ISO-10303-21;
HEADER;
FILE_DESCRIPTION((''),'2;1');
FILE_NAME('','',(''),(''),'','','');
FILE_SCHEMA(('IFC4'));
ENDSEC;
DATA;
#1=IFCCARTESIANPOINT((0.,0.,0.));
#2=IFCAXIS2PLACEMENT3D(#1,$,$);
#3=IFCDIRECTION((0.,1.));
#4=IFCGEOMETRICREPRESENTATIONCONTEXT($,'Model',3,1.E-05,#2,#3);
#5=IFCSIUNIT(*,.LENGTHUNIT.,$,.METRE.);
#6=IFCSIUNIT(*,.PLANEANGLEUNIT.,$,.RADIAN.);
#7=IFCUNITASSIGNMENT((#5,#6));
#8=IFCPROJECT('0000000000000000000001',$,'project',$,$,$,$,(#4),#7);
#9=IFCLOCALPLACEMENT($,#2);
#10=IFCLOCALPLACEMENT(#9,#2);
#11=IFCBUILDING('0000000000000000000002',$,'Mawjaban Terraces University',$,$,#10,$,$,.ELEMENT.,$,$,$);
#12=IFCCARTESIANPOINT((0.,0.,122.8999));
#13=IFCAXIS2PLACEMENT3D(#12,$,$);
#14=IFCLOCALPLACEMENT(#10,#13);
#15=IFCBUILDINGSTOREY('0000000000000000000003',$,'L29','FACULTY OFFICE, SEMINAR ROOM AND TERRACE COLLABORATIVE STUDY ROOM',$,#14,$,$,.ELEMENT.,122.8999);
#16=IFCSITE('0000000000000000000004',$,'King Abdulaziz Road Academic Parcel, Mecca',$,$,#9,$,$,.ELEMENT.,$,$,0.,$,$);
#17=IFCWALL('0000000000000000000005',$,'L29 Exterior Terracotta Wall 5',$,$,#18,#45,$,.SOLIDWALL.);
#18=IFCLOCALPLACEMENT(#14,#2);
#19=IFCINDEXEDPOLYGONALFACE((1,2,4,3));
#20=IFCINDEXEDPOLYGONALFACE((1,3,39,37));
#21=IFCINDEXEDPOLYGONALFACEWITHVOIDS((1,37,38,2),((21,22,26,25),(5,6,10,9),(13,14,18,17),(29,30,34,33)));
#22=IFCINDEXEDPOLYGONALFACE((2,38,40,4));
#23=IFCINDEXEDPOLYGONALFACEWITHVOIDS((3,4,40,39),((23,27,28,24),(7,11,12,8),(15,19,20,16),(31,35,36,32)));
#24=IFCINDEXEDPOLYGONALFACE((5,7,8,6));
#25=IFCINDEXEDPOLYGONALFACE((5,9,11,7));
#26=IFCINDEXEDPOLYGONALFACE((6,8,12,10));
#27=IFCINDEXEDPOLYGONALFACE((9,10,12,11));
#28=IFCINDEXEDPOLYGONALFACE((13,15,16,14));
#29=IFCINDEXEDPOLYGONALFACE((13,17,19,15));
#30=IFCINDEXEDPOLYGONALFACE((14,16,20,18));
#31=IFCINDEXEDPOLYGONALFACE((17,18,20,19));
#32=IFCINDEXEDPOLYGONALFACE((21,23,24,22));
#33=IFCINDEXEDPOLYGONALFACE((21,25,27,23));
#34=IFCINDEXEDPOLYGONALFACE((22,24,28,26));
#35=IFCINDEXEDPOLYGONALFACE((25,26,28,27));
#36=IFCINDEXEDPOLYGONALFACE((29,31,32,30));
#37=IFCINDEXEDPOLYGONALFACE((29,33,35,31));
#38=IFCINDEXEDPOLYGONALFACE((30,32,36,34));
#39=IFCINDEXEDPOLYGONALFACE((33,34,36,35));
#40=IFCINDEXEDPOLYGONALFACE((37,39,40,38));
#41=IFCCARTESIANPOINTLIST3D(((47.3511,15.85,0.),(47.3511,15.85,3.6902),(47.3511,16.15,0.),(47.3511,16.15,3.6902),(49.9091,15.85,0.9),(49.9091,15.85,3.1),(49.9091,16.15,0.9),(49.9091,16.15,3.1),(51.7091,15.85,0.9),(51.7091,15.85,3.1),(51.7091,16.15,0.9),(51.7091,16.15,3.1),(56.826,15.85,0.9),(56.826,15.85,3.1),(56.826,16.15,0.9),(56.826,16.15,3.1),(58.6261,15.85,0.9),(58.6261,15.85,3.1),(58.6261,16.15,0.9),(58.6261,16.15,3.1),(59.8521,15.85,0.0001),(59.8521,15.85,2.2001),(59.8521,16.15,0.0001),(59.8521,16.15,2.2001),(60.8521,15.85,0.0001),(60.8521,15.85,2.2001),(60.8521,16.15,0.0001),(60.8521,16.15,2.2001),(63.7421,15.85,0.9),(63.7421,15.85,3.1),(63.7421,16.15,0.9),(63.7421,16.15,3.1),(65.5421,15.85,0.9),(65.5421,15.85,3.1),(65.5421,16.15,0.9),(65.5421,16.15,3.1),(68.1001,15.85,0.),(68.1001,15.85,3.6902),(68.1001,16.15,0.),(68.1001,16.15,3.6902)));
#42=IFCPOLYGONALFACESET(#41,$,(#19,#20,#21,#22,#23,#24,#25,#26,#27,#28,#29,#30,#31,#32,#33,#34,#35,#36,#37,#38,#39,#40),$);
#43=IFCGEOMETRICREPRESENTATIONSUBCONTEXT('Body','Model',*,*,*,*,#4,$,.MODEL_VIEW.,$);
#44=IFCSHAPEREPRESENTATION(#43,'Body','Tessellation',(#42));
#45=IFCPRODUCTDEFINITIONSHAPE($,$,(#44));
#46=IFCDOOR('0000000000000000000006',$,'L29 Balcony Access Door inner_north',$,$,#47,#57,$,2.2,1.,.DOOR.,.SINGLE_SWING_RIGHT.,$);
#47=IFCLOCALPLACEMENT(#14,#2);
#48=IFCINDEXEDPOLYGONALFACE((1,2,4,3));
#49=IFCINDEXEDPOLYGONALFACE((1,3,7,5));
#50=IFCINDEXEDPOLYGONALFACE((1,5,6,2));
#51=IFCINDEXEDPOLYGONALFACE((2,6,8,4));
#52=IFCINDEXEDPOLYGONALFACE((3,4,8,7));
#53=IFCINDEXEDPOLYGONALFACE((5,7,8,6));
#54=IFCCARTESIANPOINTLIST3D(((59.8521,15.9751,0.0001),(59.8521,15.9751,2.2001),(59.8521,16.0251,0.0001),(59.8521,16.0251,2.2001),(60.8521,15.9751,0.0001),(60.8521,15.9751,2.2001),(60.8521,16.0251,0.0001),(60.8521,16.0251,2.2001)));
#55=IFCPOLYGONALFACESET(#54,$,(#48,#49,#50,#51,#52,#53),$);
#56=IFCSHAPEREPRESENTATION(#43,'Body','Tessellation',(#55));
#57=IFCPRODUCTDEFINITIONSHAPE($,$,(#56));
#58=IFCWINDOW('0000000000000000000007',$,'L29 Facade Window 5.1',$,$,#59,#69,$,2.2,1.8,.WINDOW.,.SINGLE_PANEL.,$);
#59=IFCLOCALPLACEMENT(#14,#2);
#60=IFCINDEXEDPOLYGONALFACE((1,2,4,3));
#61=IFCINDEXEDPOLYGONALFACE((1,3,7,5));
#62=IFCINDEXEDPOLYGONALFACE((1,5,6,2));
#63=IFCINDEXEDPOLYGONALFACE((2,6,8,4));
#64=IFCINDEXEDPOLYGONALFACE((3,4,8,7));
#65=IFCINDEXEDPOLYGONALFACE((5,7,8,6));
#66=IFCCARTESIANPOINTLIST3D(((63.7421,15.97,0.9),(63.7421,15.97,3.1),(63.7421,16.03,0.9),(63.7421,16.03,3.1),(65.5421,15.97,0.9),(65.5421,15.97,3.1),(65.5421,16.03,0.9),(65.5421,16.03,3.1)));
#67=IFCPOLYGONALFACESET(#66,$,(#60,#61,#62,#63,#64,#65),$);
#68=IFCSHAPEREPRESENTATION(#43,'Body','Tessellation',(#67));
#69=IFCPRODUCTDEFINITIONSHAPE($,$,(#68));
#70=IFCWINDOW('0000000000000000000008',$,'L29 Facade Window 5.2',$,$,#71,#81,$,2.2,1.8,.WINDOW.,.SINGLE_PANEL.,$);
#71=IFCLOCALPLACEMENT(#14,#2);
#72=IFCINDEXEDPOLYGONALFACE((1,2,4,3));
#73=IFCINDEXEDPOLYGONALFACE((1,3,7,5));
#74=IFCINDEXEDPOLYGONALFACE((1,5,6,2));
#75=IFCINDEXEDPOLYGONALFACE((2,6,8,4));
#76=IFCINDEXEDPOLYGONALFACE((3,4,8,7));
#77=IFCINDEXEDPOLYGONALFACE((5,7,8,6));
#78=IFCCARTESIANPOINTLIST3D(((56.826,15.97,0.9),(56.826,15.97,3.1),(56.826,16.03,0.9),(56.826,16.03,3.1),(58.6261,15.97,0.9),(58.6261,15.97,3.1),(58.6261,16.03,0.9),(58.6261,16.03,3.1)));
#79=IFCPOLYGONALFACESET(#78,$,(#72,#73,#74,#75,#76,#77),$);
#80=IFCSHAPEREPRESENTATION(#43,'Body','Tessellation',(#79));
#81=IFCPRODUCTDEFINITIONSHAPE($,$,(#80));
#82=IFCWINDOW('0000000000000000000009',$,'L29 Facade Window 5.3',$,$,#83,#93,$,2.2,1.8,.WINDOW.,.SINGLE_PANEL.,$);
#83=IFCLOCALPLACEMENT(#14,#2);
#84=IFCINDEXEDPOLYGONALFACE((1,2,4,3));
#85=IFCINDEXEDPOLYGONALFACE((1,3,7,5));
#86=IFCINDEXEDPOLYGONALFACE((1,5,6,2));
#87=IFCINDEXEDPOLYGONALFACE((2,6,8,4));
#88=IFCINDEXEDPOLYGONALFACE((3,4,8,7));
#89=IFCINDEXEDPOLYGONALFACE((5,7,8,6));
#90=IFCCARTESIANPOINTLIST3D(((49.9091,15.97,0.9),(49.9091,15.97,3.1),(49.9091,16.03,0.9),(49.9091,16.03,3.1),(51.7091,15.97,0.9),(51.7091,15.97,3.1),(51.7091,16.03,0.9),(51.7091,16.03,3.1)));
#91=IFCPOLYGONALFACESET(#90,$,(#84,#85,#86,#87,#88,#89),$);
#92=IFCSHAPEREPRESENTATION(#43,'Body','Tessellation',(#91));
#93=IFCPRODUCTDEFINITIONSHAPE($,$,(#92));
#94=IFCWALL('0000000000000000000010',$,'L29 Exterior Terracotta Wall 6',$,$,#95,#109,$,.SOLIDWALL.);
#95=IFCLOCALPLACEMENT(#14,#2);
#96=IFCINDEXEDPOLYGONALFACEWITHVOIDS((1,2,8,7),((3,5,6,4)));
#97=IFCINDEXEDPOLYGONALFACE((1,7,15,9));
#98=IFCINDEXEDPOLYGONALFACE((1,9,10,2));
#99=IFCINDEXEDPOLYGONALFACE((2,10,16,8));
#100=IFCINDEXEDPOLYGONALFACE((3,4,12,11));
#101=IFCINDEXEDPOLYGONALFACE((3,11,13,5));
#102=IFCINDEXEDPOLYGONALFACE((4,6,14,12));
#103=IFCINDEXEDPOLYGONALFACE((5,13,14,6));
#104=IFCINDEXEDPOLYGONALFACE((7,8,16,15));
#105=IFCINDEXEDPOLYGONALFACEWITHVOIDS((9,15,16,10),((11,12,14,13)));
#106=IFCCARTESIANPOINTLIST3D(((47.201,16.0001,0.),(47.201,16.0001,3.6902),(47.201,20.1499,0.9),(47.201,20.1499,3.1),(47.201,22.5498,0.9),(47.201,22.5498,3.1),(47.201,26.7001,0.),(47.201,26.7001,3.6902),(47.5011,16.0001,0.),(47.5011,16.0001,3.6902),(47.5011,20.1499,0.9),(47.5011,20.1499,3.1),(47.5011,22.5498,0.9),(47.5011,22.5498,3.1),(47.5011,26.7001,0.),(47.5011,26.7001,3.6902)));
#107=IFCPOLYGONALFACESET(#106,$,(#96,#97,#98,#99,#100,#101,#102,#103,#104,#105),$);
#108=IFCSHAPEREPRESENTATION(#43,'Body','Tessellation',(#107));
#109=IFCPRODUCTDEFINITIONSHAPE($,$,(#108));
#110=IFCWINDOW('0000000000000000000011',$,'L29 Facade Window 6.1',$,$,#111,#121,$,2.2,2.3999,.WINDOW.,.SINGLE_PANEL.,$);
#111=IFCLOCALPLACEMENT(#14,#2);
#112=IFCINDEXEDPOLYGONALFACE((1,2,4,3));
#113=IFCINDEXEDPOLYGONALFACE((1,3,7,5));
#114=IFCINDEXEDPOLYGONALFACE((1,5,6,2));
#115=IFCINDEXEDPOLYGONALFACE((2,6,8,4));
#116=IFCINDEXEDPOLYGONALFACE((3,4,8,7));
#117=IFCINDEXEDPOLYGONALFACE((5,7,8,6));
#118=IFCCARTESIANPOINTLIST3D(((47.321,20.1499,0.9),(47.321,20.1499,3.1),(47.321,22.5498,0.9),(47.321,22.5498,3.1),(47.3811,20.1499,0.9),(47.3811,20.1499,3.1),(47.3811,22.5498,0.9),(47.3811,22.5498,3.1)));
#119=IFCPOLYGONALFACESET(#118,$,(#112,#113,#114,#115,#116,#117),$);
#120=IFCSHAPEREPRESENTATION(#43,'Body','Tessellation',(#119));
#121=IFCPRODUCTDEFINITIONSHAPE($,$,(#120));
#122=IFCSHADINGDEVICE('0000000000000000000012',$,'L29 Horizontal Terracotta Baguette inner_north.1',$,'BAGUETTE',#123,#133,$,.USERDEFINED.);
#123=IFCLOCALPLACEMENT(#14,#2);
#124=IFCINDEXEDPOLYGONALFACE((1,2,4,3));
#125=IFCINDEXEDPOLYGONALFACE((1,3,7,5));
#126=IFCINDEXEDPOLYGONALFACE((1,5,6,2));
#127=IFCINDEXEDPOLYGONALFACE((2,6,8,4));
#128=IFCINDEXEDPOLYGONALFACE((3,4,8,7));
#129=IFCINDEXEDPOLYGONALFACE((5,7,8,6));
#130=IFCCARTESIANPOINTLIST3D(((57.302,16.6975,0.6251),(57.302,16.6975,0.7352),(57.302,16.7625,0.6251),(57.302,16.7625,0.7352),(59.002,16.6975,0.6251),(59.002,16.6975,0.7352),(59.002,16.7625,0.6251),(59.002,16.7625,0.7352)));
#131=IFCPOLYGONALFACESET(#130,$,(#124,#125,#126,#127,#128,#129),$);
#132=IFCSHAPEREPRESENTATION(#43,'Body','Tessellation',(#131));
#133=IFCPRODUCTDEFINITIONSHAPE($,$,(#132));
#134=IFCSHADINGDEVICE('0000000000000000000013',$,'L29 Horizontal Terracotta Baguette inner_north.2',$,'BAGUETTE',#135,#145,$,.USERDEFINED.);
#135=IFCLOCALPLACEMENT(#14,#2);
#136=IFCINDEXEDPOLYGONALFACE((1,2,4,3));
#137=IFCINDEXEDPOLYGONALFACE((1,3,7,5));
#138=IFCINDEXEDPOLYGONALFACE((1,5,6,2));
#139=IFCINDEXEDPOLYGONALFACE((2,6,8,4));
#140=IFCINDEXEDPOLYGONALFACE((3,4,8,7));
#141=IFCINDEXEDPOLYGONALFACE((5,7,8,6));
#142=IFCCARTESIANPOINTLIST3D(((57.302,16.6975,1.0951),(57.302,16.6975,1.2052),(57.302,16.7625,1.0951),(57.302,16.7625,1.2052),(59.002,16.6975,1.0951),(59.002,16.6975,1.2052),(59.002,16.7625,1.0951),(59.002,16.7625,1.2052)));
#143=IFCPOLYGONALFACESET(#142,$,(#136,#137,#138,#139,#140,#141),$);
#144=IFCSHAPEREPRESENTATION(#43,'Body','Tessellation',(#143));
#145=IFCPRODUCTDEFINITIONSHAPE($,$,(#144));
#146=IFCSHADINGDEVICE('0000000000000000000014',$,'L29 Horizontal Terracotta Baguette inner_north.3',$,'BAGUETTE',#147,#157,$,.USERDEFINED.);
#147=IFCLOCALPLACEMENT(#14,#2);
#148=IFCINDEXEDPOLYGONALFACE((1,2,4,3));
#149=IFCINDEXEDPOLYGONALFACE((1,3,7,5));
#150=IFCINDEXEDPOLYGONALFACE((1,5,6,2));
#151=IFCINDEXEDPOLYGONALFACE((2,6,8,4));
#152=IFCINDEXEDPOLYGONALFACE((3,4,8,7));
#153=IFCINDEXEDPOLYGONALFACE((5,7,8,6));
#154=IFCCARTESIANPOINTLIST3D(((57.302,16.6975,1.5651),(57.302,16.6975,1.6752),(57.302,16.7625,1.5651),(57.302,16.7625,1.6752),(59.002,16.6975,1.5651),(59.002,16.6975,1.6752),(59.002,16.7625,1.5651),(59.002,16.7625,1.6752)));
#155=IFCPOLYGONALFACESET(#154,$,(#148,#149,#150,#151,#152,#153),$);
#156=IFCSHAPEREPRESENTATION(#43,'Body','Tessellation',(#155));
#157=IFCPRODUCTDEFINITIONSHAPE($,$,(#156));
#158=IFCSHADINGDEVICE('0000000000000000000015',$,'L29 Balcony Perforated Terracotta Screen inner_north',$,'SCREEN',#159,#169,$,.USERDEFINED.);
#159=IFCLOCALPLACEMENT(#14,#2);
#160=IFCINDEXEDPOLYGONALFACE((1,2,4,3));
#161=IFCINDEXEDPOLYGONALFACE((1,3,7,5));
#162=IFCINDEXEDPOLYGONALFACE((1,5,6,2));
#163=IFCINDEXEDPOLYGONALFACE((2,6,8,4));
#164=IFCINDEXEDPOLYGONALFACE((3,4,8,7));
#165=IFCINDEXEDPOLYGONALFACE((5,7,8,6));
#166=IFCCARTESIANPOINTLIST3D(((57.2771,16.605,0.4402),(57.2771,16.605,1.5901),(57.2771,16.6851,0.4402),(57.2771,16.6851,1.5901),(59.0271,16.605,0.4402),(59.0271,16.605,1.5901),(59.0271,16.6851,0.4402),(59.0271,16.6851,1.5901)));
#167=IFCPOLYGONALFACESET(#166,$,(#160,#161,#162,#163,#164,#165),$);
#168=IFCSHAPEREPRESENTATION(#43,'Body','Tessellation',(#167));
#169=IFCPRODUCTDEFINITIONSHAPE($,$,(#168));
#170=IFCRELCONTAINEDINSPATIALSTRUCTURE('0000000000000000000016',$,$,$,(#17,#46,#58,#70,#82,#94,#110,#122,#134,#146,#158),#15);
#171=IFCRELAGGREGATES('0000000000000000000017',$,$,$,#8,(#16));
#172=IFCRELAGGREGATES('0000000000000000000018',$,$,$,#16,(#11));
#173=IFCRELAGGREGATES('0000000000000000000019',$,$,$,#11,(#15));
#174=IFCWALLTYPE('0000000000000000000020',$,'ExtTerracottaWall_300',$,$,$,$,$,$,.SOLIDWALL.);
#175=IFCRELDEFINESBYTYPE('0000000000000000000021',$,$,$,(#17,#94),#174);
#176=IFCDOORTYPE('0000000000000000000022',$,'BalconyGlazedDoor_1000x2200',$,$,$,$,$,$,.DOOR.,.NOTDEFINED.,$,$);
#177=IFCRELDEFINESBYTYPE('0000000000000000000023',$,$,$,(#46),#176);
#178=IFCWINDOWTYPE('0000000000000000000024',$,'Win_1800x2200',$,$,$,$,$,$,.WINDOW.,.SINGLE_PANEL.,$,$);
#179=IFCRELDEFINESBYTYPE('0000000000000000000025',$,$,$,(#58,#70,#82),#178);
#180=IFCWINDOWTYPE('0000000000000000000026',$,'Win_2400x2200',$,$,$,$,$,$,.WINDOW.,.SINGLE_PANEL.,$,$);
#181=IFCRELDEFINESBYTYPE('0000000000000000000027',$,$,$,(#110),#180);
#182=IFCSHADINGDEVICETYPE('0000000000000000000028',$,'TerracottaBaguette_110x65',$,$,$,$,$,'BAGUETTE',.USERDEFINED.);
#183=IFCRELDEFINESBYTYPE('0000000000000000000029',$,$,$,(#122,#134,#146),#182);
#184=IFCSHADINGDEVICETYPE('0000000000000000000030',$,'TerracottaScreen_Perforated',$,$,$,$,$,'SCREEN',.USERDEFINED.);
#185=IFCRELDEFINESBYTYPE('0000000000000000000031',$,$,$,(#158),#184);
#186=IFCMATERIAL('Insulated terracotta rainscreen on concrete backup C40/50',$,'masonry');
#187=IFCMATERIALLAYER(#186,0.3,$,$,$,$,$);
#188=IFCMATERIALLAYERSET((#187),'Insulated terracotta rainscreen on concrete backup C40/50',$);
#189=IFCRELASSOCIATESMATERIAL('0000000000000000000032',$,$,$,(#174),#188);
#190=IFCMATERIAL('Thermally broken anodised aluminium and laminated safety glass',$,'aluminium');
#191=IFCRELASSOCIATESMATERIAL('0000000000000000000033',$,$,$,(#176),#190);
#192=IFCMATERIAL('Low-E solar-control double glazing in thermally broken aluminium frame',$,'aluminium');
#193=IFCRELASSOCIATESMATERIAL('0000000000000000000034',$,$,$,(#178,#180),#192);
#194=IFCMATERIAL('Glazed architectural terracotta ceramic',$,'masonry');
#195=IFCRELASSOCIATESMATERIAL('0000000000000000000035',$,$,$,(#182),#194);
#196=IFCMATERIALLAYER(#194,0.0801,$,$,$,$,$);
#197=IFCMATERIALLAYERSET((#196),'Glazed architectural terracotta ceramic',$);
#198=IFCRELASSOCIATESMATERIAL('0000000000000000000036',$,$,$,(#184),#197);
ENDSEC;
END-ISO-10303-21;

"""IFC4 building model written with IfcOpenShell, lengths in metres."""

from ifc_helpers import new_model, si_unit, direction, frame, frame_2d, origin, origin_2d, place, context, subcontext, project, spatial, rectangle, extrude, material, layer, layer_set, material_profile, profile_set, type_object, element, fill, save


model = new_model("IFC4")

# Units and contexts
model_context = context("Model", 3, precision=1e-05, world=origin(), true_north=direction((0.0, 1.0)))
body_context = subcontext(model_context, "Body", "Model", "MODEL_VIEW")
ifc_project = project(units=[si_unit("LENGTHUNIT", "METRE"), si_unit("PLANEANGLEUNIT", "RADIAN")], contexts=[model_context])

# Site, building, storey
site_placement = place(None, origin())
site = spatial("IfcSite", under=ifc_project, at=site_placement, Name="King Abdulaziz Road Academic Parcel, Mecca", CompositionType="ELEMENT", RefElevation=0.0)
building_placement = place(site_placement, origin())
building = spatial("IfcBuilding", under=site, at=building_placement, Name="Mawjaban Terraces University", CompositionType="ELEMENT")
storey_placement = place(building_placement, frame((0.0, 0.0, 122.8999)))
storey = spatial("IfcBuildingStorey", under=building, at=storey_placement, Name="L29", Description="FACULTY OFFICE, SEMINAR ROOM AND TERRACE COLLABORATIVE STUDY ROOM", CompositionType="ELEMENT", Elevation=122.8999)

# Wall, openings, door, windows
ifc_material_1 = material(Name="Insulated terracotta rainscreen on concrete backup C40/50", Category="masonry")
ifc_layer_1 = layer(ifc_material_1, 0.3)
ifc_layer_set_1 = layer_set([ifc_layer_1], Name="Insulated terracotta rainscreen on concrete backup C40/50")
wall_type = type_object("IfcWallType", Name="ExtTerracottaWall_300", PredefinedType="SOLIDWALL", material=ifc_layer_set_1)
wall_1_placement = place(storey_placement, frame((68.1001, 16.0, 0.0), z_axis=(0.0, 0.0, 1.0), x_axis=(-1.0, 0.0, 0.0)))
wall_1 = element("IfcWall", 1, at=wall_1_placement, inside=storey, type_object=wall_type, Name="L29 Exterior Terracotta Wall 5", PredefinedType="SOLIDWALL", context=body_context, shape_type="SweptSolid", body=[
    extrude(rectangle(XDim=20.749, YDim=0.3, at=frame_2d((10.3745, 0.0))), origin(), (0.0, 0.0, 1.0), 3.6902),
])
opening_1_placement = place(wall_1_placement, frame((7.248, 0.0, 0.0)))
opening_1 = element("IfcOpeningElement", 2, at=opening_1_placement, cuts=wall_1, PredefinedType="OPENING", context=body_context, shape_type="SweptSolid", body=[
    extrude(rectangle(XDim=1.0, YDim=2.2, at=frame_2d((0.5, 1.1001))), frame((0.0, 0.1599, 0.0), z_axis=(0.0, -1.0, 0.0), x_axis=(1.0, 0.0, 0.0)), (0.0, 0.0, 1.0), 0.3201),
])
opening_2_placement = place(wall_1_placement, frame((2.5581, 0.0, 0.8999)))
opening_2 = element("IfcOpeningElement", 3, at=opening_2_placement, cuts=wall_1, PredefinedType="OPENING", context=body_context, shape_type="SweptSolid", body=[
    extrude(rectangle(XDim=1.8, YDim=2.2, at=frame_2d((0.8999, 1.1001))), frame((0.0, 0.1599, 0.0), z_axis=(0.0, -1.0, 0.0), x_axis=(1.0, 0.0, 0.0)), (0.0, 0.0, 1.0), 0.3201),
])
opening_3_placement = place(wall_1_placement, frame((9.4741, 0.0, 0.8999)))
opening_3 = element("IfcOpeningElement", 4, at=opening_3_placement, cuts=wall_1, PredefinedType="OPENING", context=body_context, shape_type="SweptSolid", body=[
    extrude(rectangle(XDim=1.8, YDim=2.2, at=frame_2d((0.8999, 1.1001))), frame((0.0, 0.1599, 0.0), z_axis=(0.0, -1.0, 0.0), x_axis=(1.0, 0.0, 0.0)), (0.0, 0.0, 1.0), 0.3201),
])
opening_4_placement = place(wall_1_placement, frame((16.3911, 0.0, 0.8999)))
opening_4 = element("IfcOpeningElement", 5, at=opening_4_placement, cuts=wall_1, PredefinedType="OPENING", context=body_context, shape_type="SweptSolid", body=[
    extrude(rectangle(XDim=1.8, YDim=2.2, at=frame_2d((0.8999, 1.1001))), frame((0.0, 0.1599, 0.0), z_axis=(0.0, -1.0, 0.0), x_axis=(1.0, 0.0, 0.0)), (0.0, 0.0, 1.0), 0.3201),
])
ifc_material_2 = material(Name="Thermally broken anodised aluminium and laminated safety glass", Category="aluminium")
door_type = type_object("IfcDoorType", Name="BalconyGlazedDoor_1000x2200", OperationType="NOTDEFINED", PredefinedType="DOOR", material=ifc_material_2)
door_placement = place(opening_1_placement, origin())
door = element("IfcDoor", 6, at=door_placement, inside=storey, type_object=door_type, Name="L29 Balcony Access Door inner_north", OperationType="SINGLE_SWING_RIGHT", OverallHeight=2.2, OverallWidth=1.0, PredefinedType="DOOR", context=body_context, shape_type="SweptSolid", body=[
    extrude(rectangle(XDim=1.0, YDim=2.2, at=frame_2d((0.5, 1.1001))), frame((0.0, 0.0249, 0.0), z_axis=(0.0, -1.0, 0.0), x_axis=(1.0, 0.0, 0.0)), (0.0, 0.0, 1.0), 0.05),
])
fill(opening_1, door)
ifc_material_3 = material(Name="Low-E solar-control double glazing in thermally broken aluminium frame", Category="aluminium")
window_type_1 = type_object("IfcWindowType", Name="Win_1800x2200", PartitioningType="SINGLE_PANEL", PredefinedType="WINDOW", material=ifc_material_3)
window_1_placement = place(opening_2_placement, origin())
window_1 = element("IfcWindow", 7, at=window_1_placement, inside=storey, type_object=window_type_1, Name="L29 Facade Window 5.1", OverallHeight=2.2, OverallWidth=1.8, PartitioningType="SINGLE_PANEL", PredefinedType="WINDOW", context=body_context, shape_type="SweptSolid", body=[
    extrude(rectangle(XDim=1.8, YDim=2.2, at=frame_2d((0.8999, 1.1001))), frame((0.0, 0.03, 0.0), z_axis=(0.0, -1.0, 0.0), x_axis=(1.0, 0.0, 0.0)), (0.0, 0.0, 1.0), 0.0601),
])
fill(opening_2, window_1)
window_2_placement = place(opening_3_placement, origin())
window_2 = element("IfcWindow", 8, at=window_2_placement, inside=storey, type_object=window_type_1, Name="L29 Facade Window 5.2", OverallHeight=2.2, OverallWidth=1.8, PartitioningType="SINGLE_PANEL", PredefinedType="WINDOW", context=body_context, shape_type="SweptSolid", body=[
    extrude(rectangle(XDim=1.8, YDim=2.2, at=frame_2d((0.8999, 1.1001))), frame((0.0, 0.03, 0.0), z_axis=(0.0, -1.0, 0.0), x_axis=(1.0, 0.0, 0.0)), (0.0, 0.0, 1.0), 0.0601),
])
fill(opening_3, window_2)
window_3_placement = place(opening_4_placement, origin())
window_3 = element("IfcWindow", 9, at=window_3_placement, inside=storey, type_object=window_type_1, Name="L29 Facade Window 5.3", OverallHeight=2.2, OverallWidth=1.8, PartitioningType="SINGLE_PANEL", PredefinedType="WINDOW", context=body_context, shape_type="SweptSolid", body=[
    extrude(rectangle(XDim=1.8, YDim=2.2, at=frame_2d((0.8999, 1.1001))), frame((0.0, 0.03, 0.0), z_axis=(0.0, -1.0, 0.0), x_axis=(1.0, 0.0, 0.0)), (0.0, 0.0, 1.0), 0.0601),
])
fill(opening_4, window_3)

# Wall, opening, window
wall_2_placement = place(storey_placement, frame((47.3511, 16.0, 0.0), z_axis=(0.0, 0.0, 1.0), x_axis=(0.0, 1.0, 0.0)))
wall_2 = element("IfcWall", 10, at=wall_2_placement, inside=storey, type_object=wall_type, Name="L29 Exterior Terracotta Wall 6", PredefinedType="SOLIDWALL", context=body_context, shape_type="SweptSolid", body=[
    extrude(rectangle(XDim=10.7, YDim=0.3, at=frame_2d((5.3501, 0.0))), origin(), (0.0, 0.0, 1.0), 3.6902),
])
opening_5_placement = place(wall_2_placement, frame((4.1499, 0.0, 0.8999)))
opening_5 = element("IfcOpeningElement", 11, at=opening_5_placement, cuts=wall_2, PredefinedType="OPENING", context=body_context, shape_type="SweptSolid", body=[
    extrude(rectangle(XDim=2.3999, YDim=2.2, at=frame_2d((1.2, 1.1001))), frame((0.0, 0.1599, 0.0), z_axis=(0.0, -1.0, 0.0), x_axis=(1.0, 0.0, 0.0)), (0.0, 0.0, 1.0), 0.3201),
])
window_type_2 = type_object("IfcWindowType", Name="Win_2400x2200", PartitioningType="SINGLE_PANEL", PredefinedType="WINDOW", material=ifc_material_3)
window_4_placement = place(opening_5_placement, origin())
window_4 = element("IfcWindow", 12, at=window_4_placement, inside=storey, type_object=window_type_2, Name="L29 Facade Window 6.1", OverallHeight=2.2, OverallWidth=2.3999, PartitioningType="SINGLE_PANEL", PredefinedType="WINDOW", context=body_context, shape_type="SweptSolid", body=[
    extrude(rectangle(XDim=2.3999, YDim=2.2, at=frame_2d((1.2, 1.1001))), frame((0.0, 0.03, 0.0), z_axis=(0.0, -1.0, 0.0), x_axis=(1.0, 0.0, 0.0)), (0.0, 0.0, 1.0), 0.0601),
])
fill(opening_5, window_4)

# Shading devices
ifc_material_4 = material(Name="Glazed architectural terracotta ceramic", Category="masonry")
ifc_material_profile_1 = material_profile(ifc_material_4, rectangle(XDim=0.0649, YDim=0.1101, at=origin_2d()), Name="TBAG110X65")
ifc_profile_set_1 = profile_set([ifc_material_profile_1], Name="Glazed architectural terracotta ceramic")
shading_device_type_1 = type_object("IfcShadingDeviceType", Name="TerracottaBaguette_110x65", ElementType="BAGUETTE", PredefinedType="USERDEFINED", material=ifc_profile_set_1)
for number, where, z_axis, x_axis, name in (
    (13, (57.302, 16.73, 0.6802), (1.0, 0.0, 0.0), (0.0, 1.0, 0.0), "L29 Horizontal Terracotta Baguette inner_north.1"),
    (14, (57.302, 16.73, 1.1501), (1.0, 0.0, 0.0), (0.0, 1.0, 0.0), "L29 Horizontal Terracotta Baguette inner_north.2"),
    (15, (57.302, 16.73, 1.6201), (1.0, 0.0, 0.0), (0.0, 1.0, 0.0), "L29 Horizontal Terracotta Baguette inner_north.3"),
):
    element("IfcShadingDevice", number, at=place(storey_placement, frame(where, z_axis=z_axis, x_axis=x_axis)), inside=storey, type_object=shading_device_type_1, Name=name, ObjectType="BAGUETTE", PredefinedType="USERDEFINED", context=body_context, shape_type="SweptSolid", body=[
        extrude(rectangle(XDim=0.0649, YDim=0.1101, at=origin_2d()), origin(), (0.0, 0.0, 1.0), 1.7),
    ])
ifc_layer_2 = layer(ifc_material_4, 0.0801)
ifc_layer_set_2 = layer_set([ifc_layer_2], Name="Glazed architectural terracotta ceramic")
shading_device_type_2 = type_object("IfcShadingDeviceType", Name="TerracottaScreen_Perforated", ElementType="SCREEN", PredefinedType="USERDEFINED", material=ifc_layer_set_2)
shading_device_placement = place(storey_placement, frame((58.1521, 16.645, 0.4402), z_axis=(0.0, 0.0, 1.0), x_axis=(1.0, 0.0, 0.0)))
element("IfcShadingDevice", 16, at=shading_device_placement, inside=storey, type_object=shading_device_type_2, Name="L29 Balcony Perforated Terracotta Screen inner_north", ObjectType="SCREEN", PredefinedType="USERDEFINED", context=body_context, shape_type="SweptSolid", body=[
    extrude(rectangle(XDim=1.75, YDim=0.0801, at=origin_2d()), origin(), (0.0, 0.0, 1.0), 1.1499),
])

save(model, "model.ifc")
